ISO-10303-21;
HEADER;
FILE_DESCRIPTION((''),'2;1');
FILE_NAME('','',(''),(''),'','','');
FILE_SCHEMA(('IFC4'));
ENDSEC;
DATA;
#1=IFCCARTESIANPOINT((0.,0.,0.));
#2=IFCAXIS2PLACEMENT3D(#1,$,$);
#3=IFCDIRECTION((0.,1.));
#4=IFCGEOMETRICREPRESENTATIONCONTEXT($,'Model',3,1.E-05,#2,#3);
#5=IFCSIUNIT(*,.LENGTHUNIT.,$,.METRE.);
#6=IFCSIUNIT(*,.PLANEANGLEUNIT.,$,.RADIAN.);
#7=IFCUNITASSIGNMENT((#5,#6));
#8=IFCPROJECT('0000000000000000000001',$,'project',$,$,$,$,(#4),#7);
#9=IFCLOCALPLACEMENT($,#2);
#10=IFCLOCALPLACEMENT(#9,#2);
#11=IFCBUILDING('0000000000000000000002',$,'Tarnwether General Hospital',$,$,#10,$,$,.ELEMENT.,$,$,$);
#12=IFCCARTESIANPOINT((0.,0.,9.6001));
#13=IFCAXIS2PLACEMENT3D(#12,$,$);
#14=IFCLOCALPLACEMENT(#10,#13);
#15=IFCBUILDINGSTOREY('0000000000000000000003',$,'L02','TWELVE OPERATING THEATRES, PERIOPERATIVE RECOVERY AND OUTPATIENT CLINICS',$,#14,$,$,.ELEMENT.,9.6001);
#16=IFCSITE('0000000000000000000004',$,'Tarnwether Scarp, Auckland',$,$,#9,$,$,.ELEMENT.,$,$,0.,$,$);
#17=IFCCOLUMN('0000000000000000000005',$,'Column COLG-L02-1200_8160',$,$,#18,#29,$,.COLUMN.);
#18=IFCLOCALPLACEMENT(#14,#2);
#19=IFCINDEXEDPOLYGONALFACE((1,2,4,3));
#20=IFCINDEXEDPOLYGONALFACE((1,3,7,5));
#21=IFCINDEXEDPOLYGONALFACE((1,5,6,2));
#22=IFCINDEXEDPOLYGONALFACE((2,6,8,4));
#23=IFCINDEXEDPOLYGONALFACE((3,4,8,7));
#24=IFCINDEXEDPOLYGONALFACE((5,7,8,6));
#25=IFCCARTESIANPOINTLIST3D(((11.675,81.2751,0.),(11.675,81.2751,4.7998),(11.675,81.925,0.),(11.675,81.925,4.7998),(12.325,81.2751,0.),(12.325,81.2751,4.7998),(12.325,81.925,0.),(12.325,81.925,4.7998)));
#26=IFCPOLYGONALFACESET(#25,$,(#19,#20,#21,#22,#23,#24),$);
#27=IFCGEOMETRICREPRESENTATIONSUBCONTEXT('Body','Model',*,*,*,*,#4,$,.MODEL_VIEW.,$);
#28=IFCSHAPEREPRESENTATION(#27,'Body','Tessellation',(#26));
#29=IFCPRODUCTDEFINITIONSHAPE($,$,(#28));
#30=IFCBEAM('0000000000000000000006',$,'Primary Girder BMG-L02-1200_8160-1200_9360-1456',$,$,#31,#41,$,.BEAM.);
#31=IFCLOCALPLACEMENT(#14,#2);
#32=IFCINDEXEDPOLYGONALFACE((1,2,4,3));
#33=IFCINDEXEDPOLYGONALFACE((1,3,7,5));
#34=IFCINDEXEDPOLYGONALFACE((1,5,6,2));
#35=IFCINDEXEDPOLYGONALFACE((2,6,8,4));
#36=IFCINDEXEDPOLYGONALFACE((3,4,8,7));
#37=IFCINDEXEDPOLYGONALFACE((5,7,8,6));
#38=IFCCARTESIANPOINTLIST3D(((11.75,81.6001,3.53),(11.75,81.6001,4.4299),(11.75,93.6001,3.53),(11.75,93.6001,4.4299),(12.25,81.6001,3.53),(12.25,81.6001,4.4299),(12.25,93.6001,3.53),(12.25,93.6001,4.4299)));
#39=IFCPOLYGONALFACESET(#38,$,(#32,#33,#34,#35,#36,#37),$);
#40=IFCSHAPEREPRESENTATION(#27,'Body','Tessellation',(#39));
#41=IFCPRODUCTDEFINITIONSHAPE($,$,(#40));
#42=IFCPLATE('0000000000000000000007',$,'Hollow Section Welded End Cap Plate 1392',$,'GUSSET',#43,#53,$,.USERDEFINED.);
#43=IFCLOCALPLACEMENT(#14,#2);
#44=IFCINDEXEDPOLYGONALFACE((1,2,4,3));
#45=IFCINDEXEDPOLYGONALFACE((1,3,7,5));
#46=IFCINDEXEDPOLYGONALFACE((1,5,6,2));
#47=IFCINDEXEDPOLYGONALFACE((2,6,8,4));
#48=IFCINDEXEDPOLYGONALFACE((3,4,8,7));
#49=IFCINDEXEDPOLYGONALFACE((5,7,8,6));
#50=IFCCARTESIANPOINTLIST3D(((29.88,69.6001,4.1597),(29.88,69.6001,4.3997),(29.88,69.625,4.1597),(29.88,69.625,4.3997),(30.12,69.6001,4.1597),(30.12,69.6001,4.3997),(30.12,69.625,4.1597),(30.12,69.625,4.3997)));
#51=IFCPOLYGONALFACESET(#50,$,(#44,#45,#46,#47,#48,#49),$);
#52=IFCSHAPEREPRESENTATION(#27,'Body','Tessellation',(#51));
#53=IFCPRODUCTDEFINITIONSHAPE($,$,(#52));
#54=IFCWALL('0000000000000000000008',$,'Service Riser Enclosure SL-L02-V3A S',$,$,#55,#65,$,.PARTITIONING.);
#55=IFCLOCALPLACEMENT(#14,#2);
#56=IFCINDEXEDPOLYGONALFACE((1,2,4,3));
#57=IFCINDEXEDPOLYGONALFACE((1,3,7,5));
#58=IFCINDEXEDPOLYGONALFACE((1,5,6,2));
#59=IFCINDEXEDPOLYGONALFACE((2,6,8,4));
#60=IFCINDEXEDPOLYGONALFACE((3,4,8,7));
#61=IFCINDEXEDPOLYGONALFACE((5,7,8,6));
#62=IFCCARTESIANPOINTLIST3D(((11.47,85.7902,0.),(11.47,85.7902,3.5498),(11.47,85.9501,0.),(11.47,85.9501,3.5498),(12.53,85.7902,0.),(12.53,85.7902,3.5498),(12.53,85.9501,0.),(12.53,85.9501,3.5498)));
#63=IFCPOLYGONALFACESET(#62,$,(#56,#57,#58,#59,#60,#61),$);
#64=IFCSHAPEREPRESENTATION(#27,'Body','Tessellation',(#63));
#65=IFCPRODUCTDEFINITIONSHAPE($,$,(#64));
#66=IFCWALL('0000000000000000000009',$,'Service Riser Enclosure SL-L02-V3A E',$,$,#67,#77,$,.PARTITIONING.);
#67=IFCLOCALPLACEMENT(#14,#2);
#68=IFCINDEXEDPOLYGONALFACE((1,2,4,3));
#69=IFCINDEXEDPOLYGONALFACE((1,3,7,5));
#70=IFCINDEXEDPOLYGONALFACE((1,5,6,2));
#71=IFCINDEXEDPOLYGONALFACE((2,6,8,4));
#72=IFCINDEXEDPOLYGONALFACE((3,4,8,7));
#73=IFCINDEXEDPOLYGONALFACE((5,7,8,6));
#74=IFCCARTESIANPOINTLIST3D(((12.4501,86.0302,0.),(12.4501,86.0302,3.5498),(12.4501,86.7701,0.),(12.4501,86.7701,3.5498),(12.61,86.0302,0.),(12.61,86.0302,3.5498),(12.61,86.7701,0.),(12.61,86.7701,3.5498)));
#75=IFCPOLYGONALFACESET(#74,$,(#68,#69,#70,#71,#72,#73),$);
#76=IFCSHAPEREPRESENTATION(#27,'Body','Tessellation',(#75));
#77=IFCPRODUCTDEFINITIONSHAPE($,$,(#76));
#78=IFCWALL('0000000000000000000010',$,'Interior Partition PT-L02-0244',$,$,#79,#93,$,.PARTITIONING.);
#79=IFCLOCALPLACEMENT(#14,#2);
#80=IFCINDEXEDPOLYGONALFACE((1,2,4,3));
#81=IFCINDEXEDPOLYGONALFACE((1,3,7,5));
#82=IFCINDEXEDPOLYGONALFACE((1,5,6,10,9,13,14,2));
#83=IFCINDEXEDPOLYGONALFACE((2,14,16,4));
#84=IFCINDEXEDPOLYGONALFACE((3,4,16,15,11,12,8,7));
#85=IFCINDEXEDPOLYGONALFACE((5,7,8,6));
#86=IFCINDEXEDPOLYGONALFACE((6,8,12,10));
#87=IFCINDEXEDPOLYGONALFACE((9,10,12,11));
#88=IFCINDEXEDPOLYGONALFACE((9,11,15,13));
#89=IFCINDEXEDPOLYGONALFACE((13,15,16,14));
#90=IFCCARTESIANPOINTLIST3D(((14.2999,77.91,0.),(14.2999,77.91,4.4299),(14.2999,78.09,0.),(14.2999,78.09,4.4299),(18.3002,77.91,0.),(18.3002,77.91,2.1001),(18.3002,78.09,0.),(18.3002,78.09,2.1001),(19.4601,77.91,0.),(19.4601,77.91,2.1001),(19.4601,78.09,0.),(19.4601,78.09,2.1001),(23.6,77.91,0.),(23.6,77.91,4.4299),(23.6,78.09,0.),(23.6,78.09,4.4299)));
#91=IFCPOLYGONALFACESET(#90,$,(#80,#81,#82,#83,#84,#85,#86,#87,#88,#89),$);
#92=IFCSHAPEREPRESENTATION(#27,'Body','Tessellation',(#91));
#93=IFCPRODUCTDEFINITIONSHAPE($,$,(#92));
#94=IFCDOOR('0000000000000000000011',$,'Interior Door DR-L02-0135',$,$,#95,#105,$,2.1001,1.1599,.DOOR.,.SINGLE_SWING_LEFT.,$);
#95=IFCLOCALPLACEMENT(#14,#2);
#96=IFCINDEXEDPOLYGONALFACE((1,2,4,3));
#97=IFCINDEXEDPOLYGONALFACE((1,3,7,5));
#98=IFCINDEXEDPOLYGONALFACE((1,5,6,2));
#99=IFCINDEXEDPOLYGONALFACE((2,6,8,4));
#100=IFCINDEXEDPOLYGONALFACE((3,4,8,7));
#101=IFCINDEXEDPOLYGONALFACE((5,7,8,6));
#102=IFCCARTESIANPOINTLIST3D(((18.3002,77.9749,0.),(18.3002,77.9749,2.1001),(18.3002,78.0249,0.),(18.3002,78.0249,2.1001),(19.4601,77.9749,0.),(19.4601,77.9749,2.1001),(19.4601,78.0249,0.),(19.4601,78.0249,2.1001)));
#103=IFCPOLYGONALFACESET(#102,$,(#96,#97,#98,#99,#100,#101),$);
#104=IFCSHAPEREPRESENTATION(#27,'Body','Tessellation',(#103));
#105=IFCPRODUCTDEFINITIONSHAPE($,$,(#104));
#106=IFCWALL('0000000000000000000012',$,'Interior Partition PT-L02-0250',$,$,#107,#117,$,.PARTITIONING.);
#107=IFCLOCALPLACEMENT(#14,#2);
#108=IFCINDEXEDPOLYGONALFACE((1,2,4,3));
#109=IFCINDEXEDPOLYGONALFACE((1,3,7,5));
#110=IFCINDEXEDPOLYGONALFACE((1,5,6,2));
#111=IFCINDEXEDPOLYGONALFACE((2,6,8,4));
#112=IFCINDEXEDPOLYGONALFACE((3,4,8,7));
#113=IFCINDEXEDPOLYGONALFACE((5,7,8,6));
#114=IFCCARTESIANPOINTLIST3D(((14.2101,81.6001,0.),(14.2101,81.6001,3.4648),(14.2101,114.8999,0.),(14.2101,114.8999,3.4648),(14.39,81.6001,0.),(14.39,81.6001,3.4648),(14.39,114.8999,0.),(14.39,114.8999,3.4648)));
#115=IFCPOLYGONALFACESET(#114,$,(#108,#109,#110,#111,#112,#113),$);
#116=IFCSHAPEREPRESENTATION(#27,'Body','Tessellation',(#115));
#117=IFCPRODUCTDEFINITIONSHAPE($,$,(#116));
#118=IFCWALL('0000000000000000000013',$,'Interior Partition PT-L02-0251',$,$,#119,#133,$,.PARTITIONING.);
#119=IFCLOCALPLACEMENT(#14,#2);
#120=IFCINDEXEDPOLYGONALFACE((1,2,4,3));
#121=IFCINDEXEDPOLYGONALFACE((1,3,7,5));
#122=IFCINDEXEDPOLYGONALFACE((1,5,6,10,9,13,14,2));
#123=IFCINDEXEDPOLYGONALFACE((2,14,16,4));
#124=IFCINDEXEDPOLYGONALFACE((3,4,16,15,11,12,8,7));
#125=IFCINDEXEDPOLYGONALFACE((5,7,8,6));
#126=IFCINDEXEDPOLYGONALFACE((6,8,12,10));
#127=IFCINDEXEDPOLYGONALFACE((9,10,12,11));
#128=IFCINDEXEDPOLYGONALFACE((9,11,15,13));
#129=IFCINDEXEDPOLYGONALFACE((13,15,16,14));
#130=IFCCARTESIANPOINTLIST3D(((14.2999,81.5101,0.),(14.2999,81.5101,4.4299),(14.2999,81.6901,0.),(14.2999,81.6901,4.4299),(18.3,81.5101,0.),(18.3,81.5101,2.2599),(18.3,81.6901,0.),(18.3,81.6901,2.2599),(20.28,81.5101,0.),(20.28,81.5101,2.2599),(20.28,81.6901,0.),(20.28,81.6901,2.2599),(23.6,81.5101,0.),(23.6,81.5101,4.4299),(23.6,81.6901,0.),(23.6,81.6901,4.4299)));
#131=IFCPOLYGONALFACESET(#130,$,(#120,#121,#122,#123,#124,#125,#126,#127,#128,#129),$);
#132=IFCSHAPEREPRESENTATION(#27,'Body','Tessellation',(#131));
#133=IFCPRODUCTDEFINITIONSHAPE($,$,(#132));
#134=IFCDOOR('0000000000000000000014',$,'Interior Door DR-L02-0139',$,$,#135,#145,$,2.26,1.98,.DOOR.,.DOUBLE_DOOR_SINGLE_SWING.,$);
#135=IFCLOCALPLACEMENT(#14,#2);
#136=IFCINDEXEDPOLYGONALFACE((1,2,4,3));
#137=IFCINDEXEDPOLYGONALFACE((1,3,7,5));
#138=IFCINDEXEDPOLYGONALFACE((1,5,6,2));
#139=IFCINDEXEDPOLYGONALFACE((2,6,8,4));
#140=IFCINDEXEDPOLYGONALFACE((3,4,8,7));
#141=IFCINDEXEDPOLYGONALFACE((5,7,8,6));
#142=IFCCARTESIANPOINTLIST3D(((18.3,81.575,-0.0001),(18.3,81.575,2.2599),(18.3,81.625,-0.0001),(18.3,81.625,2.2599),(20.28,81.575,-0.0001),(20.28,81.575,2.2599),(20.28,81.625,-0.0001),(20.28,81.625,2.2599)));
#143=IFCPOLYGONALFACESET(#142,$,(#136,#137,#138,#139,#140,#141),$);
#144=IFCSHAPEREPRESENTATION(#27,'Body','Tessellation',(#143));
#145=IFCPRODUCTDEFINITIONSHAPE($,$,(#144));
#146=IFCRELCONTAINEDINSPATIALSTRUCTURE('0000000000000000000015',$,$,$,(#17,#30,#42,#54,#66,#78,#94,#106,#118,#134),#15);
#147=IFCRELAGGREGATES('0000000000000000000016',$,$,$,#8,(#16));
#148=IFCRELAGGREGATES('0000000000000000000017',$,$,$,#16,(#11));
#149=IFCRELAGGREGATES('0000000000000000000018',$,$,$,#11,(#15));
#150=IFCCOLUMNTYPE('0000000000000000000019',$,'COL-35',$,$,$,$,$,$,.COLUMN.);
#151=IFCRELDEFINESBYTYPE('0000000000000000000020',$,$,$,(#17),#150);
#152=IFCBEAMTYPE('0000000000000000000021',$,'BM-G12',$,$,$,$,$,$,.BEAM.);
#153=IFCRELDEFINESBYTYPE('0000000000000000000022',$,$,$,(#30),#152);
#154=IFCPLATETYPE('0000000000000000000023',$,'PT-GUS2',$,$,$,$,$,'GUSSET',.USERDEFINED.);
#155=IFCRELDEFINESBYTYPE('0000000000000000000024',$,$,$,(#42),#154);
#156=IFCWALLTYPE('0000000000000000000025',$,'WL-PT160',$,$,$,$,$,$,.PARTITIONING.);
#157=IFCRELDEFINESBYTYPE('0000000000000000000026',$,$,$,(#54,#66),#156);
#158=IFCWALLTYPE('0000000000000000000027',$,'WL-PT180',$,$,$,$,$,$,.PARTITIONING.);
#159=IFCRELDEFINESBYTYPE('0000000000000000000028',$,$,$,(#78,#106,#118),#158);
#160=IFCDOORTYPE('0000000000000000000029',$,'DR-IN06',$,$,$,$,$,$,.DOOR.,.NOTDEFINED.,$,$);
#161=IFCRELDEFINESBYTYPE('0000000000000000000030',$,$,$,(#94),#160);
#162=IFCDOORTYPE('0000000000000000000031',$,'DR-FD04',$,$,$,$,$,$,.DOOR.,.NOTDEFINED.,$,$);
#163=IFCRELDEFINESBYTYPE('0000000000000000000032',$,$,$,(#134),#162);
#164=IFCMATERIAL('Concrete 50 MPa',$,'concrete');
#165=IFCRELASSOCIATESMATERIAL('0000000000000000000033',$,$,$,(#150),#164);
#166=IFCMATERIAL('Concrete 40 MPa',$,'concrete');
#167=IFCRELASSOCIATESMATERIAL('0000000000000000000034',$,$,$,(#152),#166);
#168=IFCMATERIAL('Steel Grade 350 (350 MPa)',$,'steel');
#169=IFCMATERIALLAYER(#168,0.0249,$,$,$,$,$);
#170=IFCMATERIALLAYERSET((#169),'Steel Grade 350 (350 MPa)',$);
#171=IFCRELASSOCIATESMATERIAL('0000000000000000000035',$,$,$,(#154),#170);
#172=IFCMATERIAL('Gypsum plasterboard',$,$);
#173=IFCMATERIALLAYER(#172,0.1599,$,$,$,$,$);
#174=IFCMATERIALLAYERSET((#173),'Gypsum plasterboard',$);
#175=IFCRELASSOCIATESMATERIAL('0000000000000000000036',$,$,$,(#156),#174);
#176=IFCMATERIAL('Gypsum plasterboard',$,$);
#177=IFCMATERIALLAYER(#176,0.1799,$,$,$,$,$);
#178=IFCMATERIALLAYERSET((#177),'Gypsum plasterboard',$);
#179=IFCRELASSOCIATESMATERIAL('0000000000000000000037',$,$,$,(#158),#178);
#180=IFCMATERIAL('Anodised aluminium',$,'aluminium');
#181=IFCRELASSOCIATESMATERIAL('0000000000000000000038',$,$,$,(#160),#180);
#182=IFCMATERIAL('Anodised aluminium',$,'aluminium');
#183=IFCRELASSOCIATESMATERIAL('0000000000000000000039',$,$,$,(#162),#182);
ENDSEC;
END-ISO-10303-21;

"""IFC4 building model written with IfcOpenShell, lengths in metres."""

from ifc_helpers import new_model, si_unit, direction, frame, frame_2d, origin, origin_2d, place, context, subcontext, project, spatial, rectangle, extrude, material, layer, layer_set, material_profile, profile_set, type_object, element, fill, save


model = new_model("IFC4")

# Units and contexts
model_context = context("Model", 3, precision=1e-05, world=origin(), true_north=direction((0.0, 1.0)))
body_context = subcontext(model_context, "Body", "Model", "MODEL_VIEW")
ifc_project = project(units=[si_unit("LENGTHUNIT", "METRE"), si_unit("PLANEANGLEUNIT", "RADIAN")], contexts=[model_context])

# Site, building, storey
site_placement = place(None, origin())
site = spatial("IfcSite", under=ifc_project, at=site_placement, Name="Tarnwether Scarp, Auckland", CompositionType="ELEMENT", RefElevation=0.0)
building_placement = place(site_placement, origin())
building = spatial("IfcBuilding", under=site, at=building_placement, Name="Tarnwether General Hospital", CompositionType="ELEMENT")
storey_placement = place(building_placement, frame((0.0, 0.0, 9.6001)))
storey = spatial("IfcBuildingStorey", under=building, at=storey_placement, Name="L02", Description="TWELVE OPERATING THEATRES, PERIOPERATIVE RECOVERY AND OUTPATIENT CLINICS", CompositionType="ELEMENT", Elevation=9.6001)

# Column
ifc_material_1 = material(Name="Concrete 50 MPa", Category="concrete")
ifc_material_profile_1 = material_profile(ifc_material_1, rectangle(XDim=0.6499, YDim=0.6499, at=origin_2d()), Name="RC-COL-650x650")
ifc_profile_set_1 = profile_set([ifc_material_profile_1], Name="Concrete 50 MPa")
column_type = type_object("IfcColumnType", Name="COL-35", PredefinedType="COLUMN", material=ifc_profile_set_1)
column_placement = place(storey_placement, frame((12.0, 81.6001, 0.0), z_axis=(0.0, 0.0, 1.0), x_axis=(0.0, 1.0, 0.0)))
element("IfcColumn", 1, at=column_placement, inside=storey, type_object=column_type, Name="Column COLG-L02-1200_8160", PredefinedType="COLUMN", context=body_context, shape_type="SweptSolid", body=[
    extrude(rectangle(XDim=0.6499, YDim=0.6499, at=origin_2d()), origin(), (0.0, 0.0, 1.0), 4.7998),
])

# Beam
ifc_material_2 = material(Name="Concrete 40 MPa", Category="concrete")
ifc_material_profile_2 = material_profile(ifc_material_2, rectangle(XDim=0.5, YDim=0.8999, at=origin_2d()), Name="RC-BM-500x900")
ifc_profile_set_2 = profile_set([ifc_material_profile_2], Name="Concrete 40 MPa")
beam_type = type_object("IfcBeamType", Name="BM-G12", PredefinedType="BEAM", material=ifc_profile_set_2)
beam_placement = place(storey_placement, frame((12.0, 81.6001, 3.98), z_axis=(0.0, 1.0, 0.0), x_axis=(-1.0, 0.0, 0.0)))
element("IfcBeam", 2, at=beam_placement, inside=storey, type_object=beam_type, Name="Primary Girder BMG-L02-1200_8160-1200_9360-1456", PredefinedType="BEAM", context=body_context, shape_type="SweptSolid", body=[
    extrude(rectangle(XDim=0.5, YDim=0.8999, at=origin_2d()), origin(), (0.0, 0.0, 1.0), 12.0),
])

# Plate
ifc_material_3 = material(Name="Steel Grade 350 (350 MPa)", Category="steel")
ifc_layer_1 = layer(ifc_material_3, 0.0249)
ifc_layer_set_1 = layer_set([ifc_layer_1], Name="Steel Grade 350 (350 MPa)")
plate_type = type_object("IfcPlateType", Name="PT-GUS2", ElementType="GUSSET", PredefinedType="USERDEFINED", material=ifc_layer_set_1)
plate_placement = place(storey_placement, frame((30.0, 69.6125, 4.1597), z_axis=(0.0, 0.0, 1.0), x_axis=(0.0, 1.0, 0.0)))
element("IfcPlate", 3, at=plate_placement, inside=storey, type_object=plate_type, Name="Hollow Section Welded End Cap Plate 1392", ObjectType="GUSSET", PredefinedType="USERDEFINED", context=body_context, shape_type="SweptSolid", body=[
    extrude(rectangle(XDim=0.0249, YDim=0.24, at=origin_2d()), origin(), (0.0, 0.0, 1.0), 0.24),
])

# Walls
ifc_material_4 = material(Name="Gypsum plasterboard")
ifc_layer_2 = layer(ifc_material_4, 0.1599)
ifc_layer_set_2 = layer_set([ifc_layer_2], Name="Gypsum plasterboard")
wall_type_1 = type_object("IfcWallType", Name="WL-PT160", PredefinedType="PARTITIONING", material=ifc_layer_set_2)
wall_1_placement = place(storey_placement, frame((11.47, 85.8701, 0.0), z_axis=(0.0, 0.0, 1.0), x_axis=(1.0, 0.0, 0.0)))
element("IfcWall", 4, at=wall_1_placement, inside=storey, type_object=wall_type_1, Name="Service Riser Enclosure SL-L02-V3A S", PredefinedType="PARTITIONING", context=body_context, shape_type="SweptSolid", body=[
    extrude(rectangle(XDim=1.0601, YDim=0.1599, at=frame_2d((0.53, 0.0))), origin(), (0.0, 0.0, 1.0), 3.5498),
])
wall_2_placement = place(storey_placement, frame((12.53, 86.03, 0.0), z_axis=(0.0, 0.0, 1.0), x_axis=(0.0, 1.0, 0.0)))
element("IfcWall", 5, at=wall_2_placement, inside=storey, type_object=wall_type_1, Name="Service Riser Enclosure SL-L02-V3A E", PredefinedType="PARTITIONING", context=body_context, shape_type="SweptSolid", body=[
    extrude(rectangle(XDim=0.74, YDim=0.1599, at=frame_2d((0.3701, 0.0))), origin(), (0.0, 0.0, 1.0), 3.5498),
])

# Wall, opening, door
ifc_material_5 = material(Name="Gypsum plasterboard")
ifc_layer_3 = layer(ifc_material_5, 0.1799)
ifc_layer_set_3 = layer_set([ifc_layer_3], Name="Gypsum plasterboard")
wall_type_2 = type_object("IfcWallType", Name="WL-PT180", PredefinedType="PARTITIONING", material=ifc_layer_set_3)
wall_3_placement = place(storey_placement, frame((14.3, 78.0, 0.0), z_axis=(0.0, 0.0, 1.0), x_axis=(1.0, 0.0, 0.0)))
wall_3 = element("IfcWall", 6, at=wall_3_placement, inside=storey, type_object=wall_type_2, Name="Interior Partition PT-L02-0244", PredefinedType="PARTITIONING", context=body_context, shape_type="SweptSolid", body=[
    extrude(rectangle(XDim=9.3, YDim=0.1799, at=frame_2d((4.6499, 0.0))), origin(), (0.0, 0.0, 1.0), 4.4299),
])
opening_1_placement = place(wall_3_placement, frame((4.0, 0.0, 0.0)))
opening_1 = element("IfcOpeningElement", 7, at=opening_1_placement, cuts=wall_3, PredefinedType="OPENING", context=body_context, shape_type="SweptSolid", body=[
    extrude(rectangle(XDim=1.1599, YDim=2.1001, at=frame_2d((0.5801, 1.05))), frame((0.0, 0.1001, 0.0), z_axis=(0.0, -1.0, 0.0), x_axis=(1.0, 0.0, 0.0)), (0.0, 0.0, 1.0), 0.2),
])
ifc_material_6 = material(Name="Anodised aluminium", Category="aluminium")
door_type_1 = type_object("IfcDoorType", Name="DR-IN06", OperationType="NOTDEFINED", PredefinedType="DOOR", material=ifc_material_6)
door_1_placement = place(opening_1_placement, origin())
door_1 = element("IfcDoor", 8, at=door_1_placement, inside=storey, type_object=door_type_1, Name="Interior Door DR-L02-0135", OperationType="SINGLE_SWING_LEFT", OverallHeight=2.1001, OverallWidth=1.1599, PredefinedType="DOOR", context=body_context, shape_type="SweptSolid", body=[
    extrude(rectangle(XDim=1.1599, YDim=2.1001, at=frame_2d((0.5801, 1.05))), frame((0.0, 0.0249, 0.0), z_axis=(0.0, -1.0, 0.0), x_axis=(1.0, 0.0, 0.0)), (0.0, 0.0, 1.0), 0.05),
])
fill(opening_1, door_1)

# Wall
wall_4_placement = place(storey_placement, frame((14.3, 81.6001, 0.0), z_axis=(0.0, 0.0, 1.0), x_axis=(0.0, 1.0, 0.0)))
element("IfcWall", 9, at=wall_4_placement, inside=storey, type_object=wall_type_2, Name="Interior Partition PT-L02-0250", PredefinedType="PARTITIONING", context=body_context, shape_type="SweptSolid", body=[
    extrude(rectangle(XDim=33.2998, YDim=0.1799, at=frame_2d((16.6499, 0.0))), origin(), (0.0, 0.0, 1.0), 3.4648),
])

# Wall, opening, door
wall_5_placement = place(storey_placement, frame((14.3, 81.6001, 0.0), z_axis=(0.0, 0.0, 1.0), x_axis=(1.0, 0.0, 0.0)))
wall_5 = element("IfcWall", 10, at=wall_5_placement, inside=storey, type_object=wall_type_2, Name="Interior Partition PT-L02-0251", PredefinedType="PARTITIONING", context=body_context, shape_type="SweptSolid", body=[
    extrude(rectangle(XDim=9.3, YDim=0.1799, at=frame_2d((4.6499, 0.0))), origin(), (0.0, 0.0, 1.0), 4.4299),
])
opening_2_placement = place(wall_5_placement, frame((4.0, 0.0, 0.0)))
opening_2 = element("IfcOpeningElement", 11, at=opening_2_placement, cuts=wall_5, PredefinedType="OPENING", context=body_context, shape_type="SweptSolid", body=[
    extrude(rectangle(XDim=1.98, YDim=2.26, at=frame_2d((0.99, 1.1299))), frame((0.0, 0.1001, 0.0), z_axis=(0.0, -1.0, 0.0), x_axis=(1.0, 0.0, 0.0)), (0.0, 0.0, 1.0), 0.2),
])
ifc_material_7 = material(Name="Anodised aluminium", Category="aluminium")
door_type_2 = type_object("IfcDoorType", Name="DR-FD04", OperationType="NOTDEFINED", PredefinedType="DOOR", material=ifc_material_7)
door_2_placement = place(opening_2_placement, origin())
door_2 = element("IfcDoor", 12, at=door_2_placement, inside=storey, type_object=door_type_2, Name="Interior Door DR-L02-0139", OperationType="DOUBLE_DOOR_SINGLE_SWING", OverallHeight=2.26, OverallWidth=1.98, PredefinedType="DOOR", context=body_context, shape_type="SweptSolid", body=[
    extrude(rectangle(XDim=1.98, YDim=2.26, at=frame_2d((0.99, 1.1299))), frame((0.0, 0.0249, 0.0), z_axis=(0.0, -1.0, 0.0), x_axis=(1.0, 0.0, 0.0)), (0.0, 0.0, 1.0), 0.05),
])
fill(opening_2, door_2)

save(model, "model.ifc")
